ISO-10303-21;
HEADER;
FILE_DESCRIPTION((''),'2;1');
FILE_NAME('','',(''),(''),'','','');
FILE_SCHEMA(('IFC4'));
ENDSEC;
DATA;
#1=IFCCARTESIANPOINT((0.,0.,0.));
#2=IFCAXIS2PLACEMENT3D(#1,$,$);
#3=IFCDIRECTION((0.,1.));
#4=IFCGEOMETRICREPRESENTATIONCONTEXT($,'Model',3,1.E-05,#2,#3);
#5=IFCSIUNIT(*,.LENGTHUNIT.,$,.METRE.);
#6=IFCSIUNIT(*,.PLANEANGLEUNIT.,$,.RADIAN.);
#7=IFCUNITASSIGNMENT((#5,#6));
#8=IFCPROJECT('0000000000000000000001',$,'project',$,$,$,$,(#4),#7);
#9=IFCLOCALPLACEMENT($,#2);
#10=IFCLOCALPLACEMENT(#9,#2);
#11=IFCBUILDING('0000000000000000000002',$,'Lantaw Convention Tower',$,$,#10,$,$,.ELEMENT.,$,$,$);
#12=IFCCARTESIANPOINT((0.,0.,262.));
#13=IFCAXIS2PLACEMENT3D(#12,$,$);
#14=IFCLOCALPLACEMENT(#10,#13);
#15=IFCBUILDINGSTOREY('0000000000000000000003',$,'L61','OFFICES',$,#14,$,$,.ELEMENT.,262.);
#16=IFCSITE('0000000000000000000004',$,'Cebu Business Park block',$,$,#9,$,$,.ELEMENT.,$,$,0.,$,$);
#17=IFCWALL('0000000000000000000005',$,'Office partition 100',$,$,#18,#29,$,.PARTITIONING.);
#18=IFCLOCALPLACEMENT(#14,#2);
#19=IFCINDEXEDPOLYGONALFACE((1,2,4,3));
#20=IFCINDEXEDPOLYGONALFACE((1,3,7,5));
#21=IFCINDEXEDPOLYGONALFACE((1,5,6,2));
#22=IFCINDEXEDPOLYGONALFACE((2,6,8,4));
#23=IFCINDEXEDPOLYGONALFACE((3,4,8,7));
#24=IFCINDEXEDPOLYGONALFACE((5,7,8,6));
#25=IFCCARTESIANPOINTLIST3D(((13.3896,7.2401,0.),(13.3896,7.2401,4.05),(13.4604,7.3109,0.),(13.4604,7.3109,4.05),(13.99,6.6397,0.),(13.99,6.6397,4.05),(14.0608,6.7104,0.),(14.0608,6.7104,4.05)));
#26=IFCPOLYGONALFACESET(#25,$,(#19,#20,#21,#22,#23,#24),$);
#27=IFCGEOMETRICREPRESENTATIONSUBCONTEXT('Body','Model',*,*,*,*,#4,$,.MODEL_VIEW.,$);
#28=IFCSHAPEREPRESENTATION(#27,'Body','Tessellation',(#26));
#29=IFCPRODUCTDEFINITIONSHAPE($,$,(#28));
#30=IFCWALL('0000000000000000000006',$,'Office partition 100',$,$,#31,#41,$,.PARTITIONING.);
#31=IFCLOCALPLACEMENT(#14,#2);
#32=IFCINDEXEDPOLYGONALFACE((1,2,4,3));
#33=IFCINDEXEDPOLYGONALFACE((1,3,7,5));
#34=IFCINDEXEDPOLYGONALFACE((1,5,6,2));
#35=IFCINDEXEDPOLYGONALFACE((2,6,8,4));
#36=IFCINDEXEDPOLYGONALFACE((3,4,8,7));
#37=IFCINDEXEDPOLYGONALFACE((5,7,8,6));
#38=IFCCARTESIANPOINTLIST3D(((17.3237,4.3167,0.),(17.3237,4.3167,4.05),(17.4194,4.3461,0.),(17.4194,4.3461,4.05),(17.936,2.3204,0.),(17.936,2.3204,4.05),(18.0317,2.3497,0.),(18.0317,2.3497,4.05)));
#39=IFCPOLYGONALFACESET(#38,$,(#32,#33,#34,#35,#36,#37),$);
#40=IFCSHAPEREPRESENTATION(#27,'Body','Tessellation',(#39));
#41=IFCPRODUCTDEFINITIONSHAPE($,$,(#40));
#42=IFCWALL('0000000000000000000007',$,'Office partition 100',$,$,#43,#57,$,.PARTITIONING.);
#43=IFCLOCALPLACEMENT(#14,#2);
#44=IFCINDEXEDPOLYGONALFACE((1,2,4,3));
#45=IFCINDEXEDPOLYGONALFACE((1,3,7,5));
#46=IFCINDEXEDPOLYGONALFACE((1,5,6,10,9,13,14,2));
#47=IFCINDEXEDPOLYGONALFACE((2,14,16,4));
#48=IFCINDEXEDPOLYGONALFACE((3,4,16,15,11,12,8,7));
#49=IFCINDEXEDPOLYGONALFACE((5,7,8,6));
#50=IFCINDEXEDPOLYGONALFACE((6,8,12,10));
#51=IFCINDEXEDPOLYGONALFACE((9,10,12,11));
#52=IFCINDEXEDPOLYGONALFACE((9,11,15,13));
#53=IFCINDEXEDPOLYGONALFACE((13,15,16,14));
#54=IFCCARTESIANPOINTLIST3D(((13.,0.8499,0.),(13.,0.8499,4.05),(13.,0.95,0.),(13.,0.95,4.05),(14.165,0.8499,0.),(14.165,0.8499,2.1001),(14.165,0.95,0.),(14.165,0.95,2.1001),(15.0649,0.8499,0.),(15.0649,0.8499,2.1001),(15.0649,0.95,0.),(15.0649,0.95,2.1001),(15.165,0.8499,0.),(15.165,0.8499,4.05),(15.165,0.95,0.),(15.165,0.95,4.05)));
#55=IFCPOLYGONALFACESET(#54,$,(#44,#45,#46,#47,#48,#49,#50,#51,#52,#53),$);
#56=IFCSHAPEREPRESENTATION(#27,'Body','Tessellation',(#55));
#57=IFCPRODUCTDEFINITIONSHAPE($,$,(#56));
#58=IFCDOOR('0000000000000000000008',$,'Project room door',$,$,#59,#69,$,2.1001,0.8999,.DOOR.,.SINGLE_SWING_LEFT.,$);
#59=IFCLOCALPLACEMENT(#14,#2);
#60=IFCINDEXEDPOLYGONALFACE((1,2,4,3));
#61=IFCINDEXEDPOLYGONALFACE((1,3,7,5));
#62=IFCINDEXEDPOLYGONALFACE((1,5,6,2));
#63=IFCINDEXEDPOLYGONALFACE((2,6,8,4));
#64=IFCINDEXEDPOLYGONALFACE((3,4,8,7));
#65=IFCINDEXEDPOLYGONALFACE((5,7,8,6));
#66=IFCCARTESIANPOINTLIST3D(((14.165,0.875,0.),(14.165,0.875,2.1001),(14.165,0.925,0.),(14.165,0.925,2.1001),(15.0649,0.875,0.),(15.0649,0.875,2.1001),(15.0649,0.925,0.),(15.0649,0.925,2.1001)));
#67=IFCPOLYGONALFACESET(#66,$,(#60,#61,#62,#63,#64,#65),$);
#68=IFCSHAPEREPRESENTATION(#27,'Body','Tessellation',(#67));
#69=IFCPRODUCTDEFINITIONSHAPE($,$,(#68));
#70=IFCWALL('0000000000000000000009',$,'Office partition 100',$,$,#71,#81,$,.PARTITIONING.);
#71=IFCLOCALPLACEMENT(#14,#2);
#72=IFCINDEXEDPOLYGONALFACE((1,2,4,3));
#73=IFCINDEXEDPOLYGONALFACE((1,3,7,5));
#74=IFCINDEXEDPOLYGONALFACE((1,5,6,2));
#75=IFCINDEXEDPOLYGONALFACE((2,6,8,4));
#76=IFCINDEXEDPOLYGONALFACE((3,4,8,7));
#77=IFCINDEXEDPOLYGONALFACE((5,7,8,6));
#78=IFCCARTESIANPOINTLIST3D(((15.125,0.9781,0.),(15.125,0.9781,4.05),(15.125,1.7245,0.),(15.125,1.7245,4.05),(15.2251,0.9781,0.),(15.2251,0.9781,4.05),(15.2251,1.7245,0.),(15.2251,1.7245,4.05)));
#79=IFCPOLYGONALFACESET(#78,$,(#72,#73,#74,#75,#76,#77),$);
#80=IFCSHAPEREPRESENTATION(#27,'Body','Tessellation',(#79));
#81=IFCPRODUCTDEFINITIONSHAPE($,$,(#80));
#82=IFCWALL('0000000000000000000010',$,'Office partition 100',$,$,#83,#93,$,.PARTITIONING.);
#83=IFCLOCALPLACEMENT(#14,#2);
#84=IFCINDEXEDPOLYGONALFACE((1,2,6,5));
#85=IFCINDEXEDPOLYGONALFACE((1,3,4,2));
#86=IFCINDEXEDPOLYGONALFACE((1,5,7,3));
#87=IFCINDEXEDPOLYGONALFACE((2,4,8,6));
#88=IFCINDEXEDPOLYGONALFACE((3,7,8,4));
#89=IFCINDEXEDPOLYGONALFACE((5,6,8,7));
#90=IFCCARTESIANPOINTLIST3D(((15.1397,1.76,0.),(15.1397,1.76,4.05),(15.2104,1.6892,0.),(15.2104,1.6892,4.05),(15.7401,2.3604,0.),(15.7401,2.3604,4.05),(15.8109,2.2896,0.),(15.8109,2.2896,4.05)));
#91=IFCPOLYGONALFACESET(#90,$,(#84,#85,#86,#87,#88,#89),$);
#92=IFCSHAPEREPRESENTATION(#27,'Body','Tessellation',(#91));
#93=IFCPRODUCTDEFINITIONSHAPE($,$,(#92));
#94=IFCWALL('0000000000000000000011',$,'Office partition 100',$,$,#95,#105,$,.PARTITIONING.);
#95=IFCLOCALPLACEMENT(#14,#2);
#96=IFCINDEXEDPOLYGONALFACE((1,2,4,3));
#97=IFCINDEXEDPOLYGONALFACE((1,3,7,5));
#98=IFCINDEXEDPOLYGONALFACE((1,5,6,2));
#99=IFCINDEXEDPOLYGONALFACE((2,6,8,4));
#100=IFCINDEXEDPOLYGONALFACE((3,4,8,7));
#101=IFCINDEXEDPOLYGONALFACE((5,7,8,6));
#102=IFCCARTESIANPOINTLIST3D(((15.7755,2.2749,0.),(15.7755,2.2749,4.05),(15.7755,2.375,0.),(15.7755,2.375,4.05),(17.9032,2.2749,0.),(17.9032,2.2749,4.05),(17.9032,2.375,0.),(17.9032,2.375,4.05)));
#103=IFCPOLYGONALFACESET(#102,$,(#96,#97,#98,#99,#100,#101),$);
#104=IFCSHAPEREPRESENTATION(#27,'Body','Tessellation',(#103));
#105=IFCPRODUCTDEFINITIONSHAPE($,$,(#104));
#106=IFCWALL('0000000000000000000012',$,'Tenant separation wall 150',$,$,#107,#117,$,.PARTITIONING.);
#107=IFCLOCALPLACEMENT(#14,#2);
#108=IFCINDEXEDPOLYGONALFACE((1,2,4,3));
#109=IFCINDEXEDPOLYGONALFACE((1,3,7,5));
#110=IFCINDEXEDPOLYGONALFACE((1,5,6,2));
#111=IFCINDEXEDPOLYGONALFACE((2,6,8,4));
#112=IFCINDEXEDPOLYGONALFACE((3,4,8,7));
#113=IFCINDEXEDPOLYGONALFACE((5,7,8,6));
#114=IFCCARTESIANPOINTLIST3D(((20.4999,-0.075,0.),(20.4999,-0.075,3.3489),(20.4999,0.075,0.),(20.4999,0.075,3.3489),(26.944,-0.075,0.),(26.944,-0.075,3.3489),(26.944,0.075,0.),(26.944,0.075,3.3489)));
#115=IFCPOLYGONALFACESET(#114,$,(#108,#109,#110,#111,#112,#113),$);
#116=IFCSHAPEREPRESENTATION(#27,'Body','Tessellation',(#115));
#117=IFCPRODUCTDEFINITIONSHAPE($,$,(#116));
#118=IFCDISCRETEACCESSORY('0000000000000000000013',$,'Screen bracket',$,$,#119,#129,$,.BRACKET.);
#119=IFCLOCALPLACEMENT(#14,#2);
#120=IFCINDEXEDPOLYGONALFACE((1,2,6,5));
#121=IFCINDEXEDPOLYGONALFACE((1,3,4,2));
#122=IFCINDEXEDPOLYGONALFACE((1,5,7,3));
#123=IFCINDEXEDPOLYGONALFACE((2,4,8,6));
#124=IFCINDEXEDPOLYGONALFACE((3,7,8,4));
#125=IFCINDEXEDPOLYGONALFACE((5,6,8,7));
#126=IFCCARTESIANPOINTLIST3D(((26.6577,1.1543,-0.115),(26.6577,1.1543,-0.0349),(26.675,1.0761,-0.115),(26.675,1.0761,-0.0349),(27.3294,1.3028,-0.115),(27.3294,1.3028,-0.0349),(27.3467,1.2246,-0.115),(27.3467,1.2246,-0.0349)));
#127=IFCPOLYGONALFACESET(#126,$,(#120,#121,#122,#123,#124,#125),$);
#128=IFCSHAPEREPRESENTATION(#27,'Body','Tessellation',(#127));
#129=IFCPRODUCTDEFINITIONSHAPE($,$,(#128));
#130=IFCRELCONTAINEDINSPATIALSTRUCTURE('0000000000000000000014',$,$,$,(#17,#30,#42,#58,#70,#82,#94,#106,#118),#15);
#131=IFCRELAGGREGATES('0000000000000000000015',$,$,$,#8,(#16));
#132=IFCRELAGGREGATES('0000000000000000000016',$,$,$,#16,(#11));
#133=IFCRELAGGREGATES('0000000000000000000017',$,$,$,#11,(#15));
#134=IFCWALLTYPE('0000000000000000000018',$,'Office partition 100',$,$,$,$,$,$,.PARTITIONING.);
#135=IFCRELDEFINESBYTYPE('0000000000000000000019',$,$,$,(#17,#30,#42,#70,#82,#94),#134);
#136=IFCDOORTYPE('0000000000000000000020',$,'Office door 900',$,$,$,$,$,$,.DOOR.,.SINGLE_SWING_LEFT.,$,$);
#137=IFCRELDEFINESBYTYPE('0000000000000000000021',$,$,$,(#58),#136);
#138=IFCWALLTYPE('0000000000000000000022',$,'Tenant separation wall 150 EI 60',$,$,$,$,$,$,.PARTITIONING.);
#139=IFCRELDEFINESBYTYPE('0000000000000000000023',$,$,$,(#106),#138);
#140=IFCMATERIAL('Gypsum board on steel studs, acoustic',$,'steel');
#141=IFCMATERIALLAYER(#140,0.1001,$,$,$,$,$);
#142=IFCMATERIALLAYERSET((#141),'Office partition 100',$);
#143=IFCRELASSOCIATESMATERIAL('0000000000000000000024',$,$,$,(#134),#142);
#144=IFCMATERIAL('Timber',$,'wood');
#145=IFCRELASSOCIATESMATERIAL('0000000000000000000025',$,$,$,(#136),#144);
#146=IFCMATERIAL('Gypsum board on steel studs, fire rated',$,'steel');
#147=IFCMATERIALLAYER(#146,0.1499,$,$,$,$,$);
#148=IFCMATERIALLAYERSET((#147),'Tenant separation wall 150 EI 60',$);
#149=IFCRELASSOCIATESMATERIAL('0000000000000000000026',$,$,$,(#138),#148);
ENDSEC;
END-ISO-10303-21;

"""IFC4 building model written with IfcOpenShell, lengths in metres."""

from ifc_helpers import new_model, si_unit, direction, frame, frame_2d, origin, origin_2d, place, context, subcontext, project, spatial, rectangle, extrude, material, layer, layer_set, type_object, element, fill, save


model = new_model("IFC4")

# Units and contexts
model_context = context("Model", 3, precision=1e-05, world=origin(), true_north=direction((0.0, 1.0)))
body_context = subcontext(model_context, "Body", "Model", "MODEL_VIEW")
ifc_project = project(units=[si_unit("LENGTHUNIT", "METRE"), si_unit("PLANEANGLEUNIT", "RADIAN")], contexts=[model_context])

# Site, building, storey
site_placement = place(None, origin())
site = spatial("IfcSite", under=ifc_project, at=site_placement, Name="Cebu Business Park block", CompositionType="ELEMENT", RefElevation=0.0)
building_placement = place(site_placement, origin())
building = spatial("IfcBuilding", under=site, at=building_placement, Name="Lantaw Convention Tower", CompositionType="ELEMENT")
storey_placement = place(building_placement, frame((0.0, 0.0, 262.0)))
storey = spatial("IfcBuildingStorey", under=building, at=storey_placement, Name="L61", Description="OFFICES", CompositionType="ELEMENT", Elevation=262.0)

# Walls
ifc_material_1 = material(Name="Gypsum board on steel studs, fire rated", Category="steel")
ifc_material_2 = material(Name="Gypsum board on steel studs, acoustic", Category="steel")
ifc_layer_1 = layer(ifc_material_2, 0.1001)
ifc_layer_set_1 = layer_set([ifc_layer_1], Name="Office partition 100")
wall_type_1 = type_object("IfcWallType", Name="Office partition 100", PredefinedType="PARTITIONING", material=ifc_layer_set_1)
wall_1_placement = place(storey_placement, frame((14.0254, 6.675, 0.0), z_axis=(0.0, 0.0, 1.0), x_axis=(-0.707107, 0.707107, 0.0)))
element("IfcWall", 1, at=wall_1_placement, inside=storey, type_object=wall_type_1, Name="Office partition 100", PredefinedType="PARTITIONING", context=body_context, shape_type="SweptSolid", body=[
    extrude(rectangle(XDim=0.8491, YDim=0.1001, at=frame_2d((0.4246, 0.0))), origin(), (0.0, 0.0, 1.0), 4.05),
])
wall_2_placement = place(storey_placement, frame((17.3716, 4.3313, 0.0), z_axis=(0.0, 0.0, 1.0), x_axis=(0.293231, -0.956042, 0.0)))
element("IfcWall", 2, at=wall_2_placement, inside=storey, type_object=wall_type_1, Name="Office partition 100", PredefinedType="PARTITIONING", context=body_context, shape_type="SweptSolid", body=[
    extrude(rectangle(XDim=2.0881, YDim=0.1001, at=frame_2d((1.0439, 0.0))), origin(), (0.0, 0.0, 1.0), 4.05),
])

# Wall, opening, door
wall_3_placement = place(storey_placement, frame((15.165, 0.8999, 0.0), z_axis=(0.0, 0.0, 1.0), x_axis=(-1.0, 0.0, 0.0)))
wall_3 = element("IfcWall", 3, at=wall_3_placement, inside=storey, type_object=wall_type_1, Name="Office partition 100", PredefinedType="PARTITIONING", context=body_context, shape_type="SweptSolid", body=[
    extrude(rectangle(XDim=2.165, YDim=0.1001, at=frame_2d((1.0825, 0.0))), origin(), (0.0, 0.0, 1.0), 4.05),
])
opening_placement = place(wall_3_placement, frame((0.1001, 0.0, 0.0)))
opening = element("IfcOpeningElement", 4, at=opening_placement, cuts=wall_3, PredefinedType="OPENING", context=body_context, shape_type="SweptSolid", body=[
    extrude(rectangle(XDim=0.8999, YDim=2.1001, at=frame_2d((0.45, 1.05))), frame((0.0, 0.0601, 0.0), z_axis=(0.0, -1.0, 0.0), x_axis=(1.0, 0.0, 0.0)), (0.0, 0.0, 1.0), 0.1201),
])
ifc_material_3 = material(Name="Timber", Category="wood")
door_type = type_object("IfcDoorType", Name="Office door 900", OperationType="SINGLE_SWING_LEFT", PredefinedType="DOOR", material=ifc_material_3)
door_placement = place(opening_placement, origin())
door = element("IfcDoor", 5, at=door_placement, inside=storey, type_object=door_type, Name="Project room door", OperationType="SINGLE_SWING_LEFT", OverallHeight=2.1001, OverallWidth=0.8999, PredefinedType="DOOR", context=body_context, shape_type="SweptSolid", body=[
    extrude(rectangle(XDim=0.8999, YDim=2.1001, at=frame_2d((0.45, 1.05))), frame((0.0, 0.0249, 0.0), z_axis=(0.0, -1.0, 0.0), x_axis=(1.0, 0.0, 0.0)), (0.0, 0.0, 1.0), 0.05),
])
fill(opening, door)

# Walls
wall_4_placement = place(storey_placement, frame((15.175, 0.9783, 0.0), z_axis=(0.0, 0.0, 1.0), x_axis=(0.0, 1.0, 0.0)))
element("IfcWall", 6, at=wall_4_placement, inside=storey, type_object=wall_type_1, Name="Office partition 100", PredefinedType="PARTITIONING", context=body_context, shape_type="SweptSolid", body=[
    extrude(rectangle(XDim=0.7463, YDim=0.1001, at=frame_2d((0.373, 0.0))), origin(), (0.0, 0.0, 1.0), 4.05),
])
wall_5_placement = place(storey_placement, frame((15.175, 1.7246, 0.0), z_axis=(0.0, 0.0, 1.0), x_axis=(0.707107, 0.707107, 0.0)))
element("IfcWall", 7, at=wall_5_placement, inside=storey, type_object=wall_type_1, Name="Office partition 100", PredefinedType="PARTITIONING", context=body_context, shape_type="SweptSolid", body=[
    extrude(rectangle(XDim=0.8491, YDim=0.1001, at=frame_2d((0.4246, 0.0))), origin(), (0.0, 0.0, 1.0), 4.05),
])
wall_6_placement = place(storey_placement, frame((15.7754, 2.325, 0.0), z_axis=(0.0, 0.0, 1.0), x_axis=(1.0, 0.0, 0.0)))
element("IfcWall", 8, at=wall_6_placement, inside=storey, type_object=wall_type_1, Name="Office partition 100", PredefinedType="PARTITIONING", context=body_context, shape_type="SweptSolid", body=[
    extrude(rectangle(XDim=2.1277, YDim=0.1001, at=frame_2d((1.064, 0.0))), origin(), (0.0, 0.0, 1.0), 4.05),
])
ifc_layer_2 = layer(ifc_material_1, 0.1499)
ifc_layer_set_2 = layer_set([ifc_layer_2], Name="Tenant separation wall 150 EI 60")
wall_type_2 = type_object("IfcWallType", Name="Tenant separation wall 150 EI 60", PredefinedType="PARTITIONING", material=ifc_layer_set_2)
wall_7_placement = place(storey_placement, frame((26.9441, 0.0, 0.0), z_axis=(0.0, 0.0, 1.0), x_axis=(-1.0, 0.0, 0.0)))
element("IfcWall", 9, at=wall_7_placement, inside=storey, type_object=wall_type_2, Name="Tenant separation wall 150", PredefinedType="PARTITIONING", context=body_context, shape_type="SweptSolid", body=[
    extrude(rectangle(XDim=6.4441, YDim=0.1499, at=frame_2d((3.2222, 0.0))), origin(), (0.0, 0.0, 1.0), 3.3489),
])

# Discrete accessory
discrete_accessory_placement = place(storey_placement, frame((27.0022, 1.1895, -0.115), z_axis=(0.0, 0.0, 1.0), x_axis=(-0.215891, 0.976417, 0.0)))
element("IfcDiscreteAccessory", 10, at=discrete_accessory_placement, inside=storey, Name="Screen bracket", PredefinedType="BRACKET", context=body_context, shape_type="SweptSolid", body=[
    extrude(rectangle(XDim=0.0801, YDim=0.688, at=origin_2d()), origin(), (0.0, 0.0, 1.0), 0.0801),
])

save(model, "model.ifc")
